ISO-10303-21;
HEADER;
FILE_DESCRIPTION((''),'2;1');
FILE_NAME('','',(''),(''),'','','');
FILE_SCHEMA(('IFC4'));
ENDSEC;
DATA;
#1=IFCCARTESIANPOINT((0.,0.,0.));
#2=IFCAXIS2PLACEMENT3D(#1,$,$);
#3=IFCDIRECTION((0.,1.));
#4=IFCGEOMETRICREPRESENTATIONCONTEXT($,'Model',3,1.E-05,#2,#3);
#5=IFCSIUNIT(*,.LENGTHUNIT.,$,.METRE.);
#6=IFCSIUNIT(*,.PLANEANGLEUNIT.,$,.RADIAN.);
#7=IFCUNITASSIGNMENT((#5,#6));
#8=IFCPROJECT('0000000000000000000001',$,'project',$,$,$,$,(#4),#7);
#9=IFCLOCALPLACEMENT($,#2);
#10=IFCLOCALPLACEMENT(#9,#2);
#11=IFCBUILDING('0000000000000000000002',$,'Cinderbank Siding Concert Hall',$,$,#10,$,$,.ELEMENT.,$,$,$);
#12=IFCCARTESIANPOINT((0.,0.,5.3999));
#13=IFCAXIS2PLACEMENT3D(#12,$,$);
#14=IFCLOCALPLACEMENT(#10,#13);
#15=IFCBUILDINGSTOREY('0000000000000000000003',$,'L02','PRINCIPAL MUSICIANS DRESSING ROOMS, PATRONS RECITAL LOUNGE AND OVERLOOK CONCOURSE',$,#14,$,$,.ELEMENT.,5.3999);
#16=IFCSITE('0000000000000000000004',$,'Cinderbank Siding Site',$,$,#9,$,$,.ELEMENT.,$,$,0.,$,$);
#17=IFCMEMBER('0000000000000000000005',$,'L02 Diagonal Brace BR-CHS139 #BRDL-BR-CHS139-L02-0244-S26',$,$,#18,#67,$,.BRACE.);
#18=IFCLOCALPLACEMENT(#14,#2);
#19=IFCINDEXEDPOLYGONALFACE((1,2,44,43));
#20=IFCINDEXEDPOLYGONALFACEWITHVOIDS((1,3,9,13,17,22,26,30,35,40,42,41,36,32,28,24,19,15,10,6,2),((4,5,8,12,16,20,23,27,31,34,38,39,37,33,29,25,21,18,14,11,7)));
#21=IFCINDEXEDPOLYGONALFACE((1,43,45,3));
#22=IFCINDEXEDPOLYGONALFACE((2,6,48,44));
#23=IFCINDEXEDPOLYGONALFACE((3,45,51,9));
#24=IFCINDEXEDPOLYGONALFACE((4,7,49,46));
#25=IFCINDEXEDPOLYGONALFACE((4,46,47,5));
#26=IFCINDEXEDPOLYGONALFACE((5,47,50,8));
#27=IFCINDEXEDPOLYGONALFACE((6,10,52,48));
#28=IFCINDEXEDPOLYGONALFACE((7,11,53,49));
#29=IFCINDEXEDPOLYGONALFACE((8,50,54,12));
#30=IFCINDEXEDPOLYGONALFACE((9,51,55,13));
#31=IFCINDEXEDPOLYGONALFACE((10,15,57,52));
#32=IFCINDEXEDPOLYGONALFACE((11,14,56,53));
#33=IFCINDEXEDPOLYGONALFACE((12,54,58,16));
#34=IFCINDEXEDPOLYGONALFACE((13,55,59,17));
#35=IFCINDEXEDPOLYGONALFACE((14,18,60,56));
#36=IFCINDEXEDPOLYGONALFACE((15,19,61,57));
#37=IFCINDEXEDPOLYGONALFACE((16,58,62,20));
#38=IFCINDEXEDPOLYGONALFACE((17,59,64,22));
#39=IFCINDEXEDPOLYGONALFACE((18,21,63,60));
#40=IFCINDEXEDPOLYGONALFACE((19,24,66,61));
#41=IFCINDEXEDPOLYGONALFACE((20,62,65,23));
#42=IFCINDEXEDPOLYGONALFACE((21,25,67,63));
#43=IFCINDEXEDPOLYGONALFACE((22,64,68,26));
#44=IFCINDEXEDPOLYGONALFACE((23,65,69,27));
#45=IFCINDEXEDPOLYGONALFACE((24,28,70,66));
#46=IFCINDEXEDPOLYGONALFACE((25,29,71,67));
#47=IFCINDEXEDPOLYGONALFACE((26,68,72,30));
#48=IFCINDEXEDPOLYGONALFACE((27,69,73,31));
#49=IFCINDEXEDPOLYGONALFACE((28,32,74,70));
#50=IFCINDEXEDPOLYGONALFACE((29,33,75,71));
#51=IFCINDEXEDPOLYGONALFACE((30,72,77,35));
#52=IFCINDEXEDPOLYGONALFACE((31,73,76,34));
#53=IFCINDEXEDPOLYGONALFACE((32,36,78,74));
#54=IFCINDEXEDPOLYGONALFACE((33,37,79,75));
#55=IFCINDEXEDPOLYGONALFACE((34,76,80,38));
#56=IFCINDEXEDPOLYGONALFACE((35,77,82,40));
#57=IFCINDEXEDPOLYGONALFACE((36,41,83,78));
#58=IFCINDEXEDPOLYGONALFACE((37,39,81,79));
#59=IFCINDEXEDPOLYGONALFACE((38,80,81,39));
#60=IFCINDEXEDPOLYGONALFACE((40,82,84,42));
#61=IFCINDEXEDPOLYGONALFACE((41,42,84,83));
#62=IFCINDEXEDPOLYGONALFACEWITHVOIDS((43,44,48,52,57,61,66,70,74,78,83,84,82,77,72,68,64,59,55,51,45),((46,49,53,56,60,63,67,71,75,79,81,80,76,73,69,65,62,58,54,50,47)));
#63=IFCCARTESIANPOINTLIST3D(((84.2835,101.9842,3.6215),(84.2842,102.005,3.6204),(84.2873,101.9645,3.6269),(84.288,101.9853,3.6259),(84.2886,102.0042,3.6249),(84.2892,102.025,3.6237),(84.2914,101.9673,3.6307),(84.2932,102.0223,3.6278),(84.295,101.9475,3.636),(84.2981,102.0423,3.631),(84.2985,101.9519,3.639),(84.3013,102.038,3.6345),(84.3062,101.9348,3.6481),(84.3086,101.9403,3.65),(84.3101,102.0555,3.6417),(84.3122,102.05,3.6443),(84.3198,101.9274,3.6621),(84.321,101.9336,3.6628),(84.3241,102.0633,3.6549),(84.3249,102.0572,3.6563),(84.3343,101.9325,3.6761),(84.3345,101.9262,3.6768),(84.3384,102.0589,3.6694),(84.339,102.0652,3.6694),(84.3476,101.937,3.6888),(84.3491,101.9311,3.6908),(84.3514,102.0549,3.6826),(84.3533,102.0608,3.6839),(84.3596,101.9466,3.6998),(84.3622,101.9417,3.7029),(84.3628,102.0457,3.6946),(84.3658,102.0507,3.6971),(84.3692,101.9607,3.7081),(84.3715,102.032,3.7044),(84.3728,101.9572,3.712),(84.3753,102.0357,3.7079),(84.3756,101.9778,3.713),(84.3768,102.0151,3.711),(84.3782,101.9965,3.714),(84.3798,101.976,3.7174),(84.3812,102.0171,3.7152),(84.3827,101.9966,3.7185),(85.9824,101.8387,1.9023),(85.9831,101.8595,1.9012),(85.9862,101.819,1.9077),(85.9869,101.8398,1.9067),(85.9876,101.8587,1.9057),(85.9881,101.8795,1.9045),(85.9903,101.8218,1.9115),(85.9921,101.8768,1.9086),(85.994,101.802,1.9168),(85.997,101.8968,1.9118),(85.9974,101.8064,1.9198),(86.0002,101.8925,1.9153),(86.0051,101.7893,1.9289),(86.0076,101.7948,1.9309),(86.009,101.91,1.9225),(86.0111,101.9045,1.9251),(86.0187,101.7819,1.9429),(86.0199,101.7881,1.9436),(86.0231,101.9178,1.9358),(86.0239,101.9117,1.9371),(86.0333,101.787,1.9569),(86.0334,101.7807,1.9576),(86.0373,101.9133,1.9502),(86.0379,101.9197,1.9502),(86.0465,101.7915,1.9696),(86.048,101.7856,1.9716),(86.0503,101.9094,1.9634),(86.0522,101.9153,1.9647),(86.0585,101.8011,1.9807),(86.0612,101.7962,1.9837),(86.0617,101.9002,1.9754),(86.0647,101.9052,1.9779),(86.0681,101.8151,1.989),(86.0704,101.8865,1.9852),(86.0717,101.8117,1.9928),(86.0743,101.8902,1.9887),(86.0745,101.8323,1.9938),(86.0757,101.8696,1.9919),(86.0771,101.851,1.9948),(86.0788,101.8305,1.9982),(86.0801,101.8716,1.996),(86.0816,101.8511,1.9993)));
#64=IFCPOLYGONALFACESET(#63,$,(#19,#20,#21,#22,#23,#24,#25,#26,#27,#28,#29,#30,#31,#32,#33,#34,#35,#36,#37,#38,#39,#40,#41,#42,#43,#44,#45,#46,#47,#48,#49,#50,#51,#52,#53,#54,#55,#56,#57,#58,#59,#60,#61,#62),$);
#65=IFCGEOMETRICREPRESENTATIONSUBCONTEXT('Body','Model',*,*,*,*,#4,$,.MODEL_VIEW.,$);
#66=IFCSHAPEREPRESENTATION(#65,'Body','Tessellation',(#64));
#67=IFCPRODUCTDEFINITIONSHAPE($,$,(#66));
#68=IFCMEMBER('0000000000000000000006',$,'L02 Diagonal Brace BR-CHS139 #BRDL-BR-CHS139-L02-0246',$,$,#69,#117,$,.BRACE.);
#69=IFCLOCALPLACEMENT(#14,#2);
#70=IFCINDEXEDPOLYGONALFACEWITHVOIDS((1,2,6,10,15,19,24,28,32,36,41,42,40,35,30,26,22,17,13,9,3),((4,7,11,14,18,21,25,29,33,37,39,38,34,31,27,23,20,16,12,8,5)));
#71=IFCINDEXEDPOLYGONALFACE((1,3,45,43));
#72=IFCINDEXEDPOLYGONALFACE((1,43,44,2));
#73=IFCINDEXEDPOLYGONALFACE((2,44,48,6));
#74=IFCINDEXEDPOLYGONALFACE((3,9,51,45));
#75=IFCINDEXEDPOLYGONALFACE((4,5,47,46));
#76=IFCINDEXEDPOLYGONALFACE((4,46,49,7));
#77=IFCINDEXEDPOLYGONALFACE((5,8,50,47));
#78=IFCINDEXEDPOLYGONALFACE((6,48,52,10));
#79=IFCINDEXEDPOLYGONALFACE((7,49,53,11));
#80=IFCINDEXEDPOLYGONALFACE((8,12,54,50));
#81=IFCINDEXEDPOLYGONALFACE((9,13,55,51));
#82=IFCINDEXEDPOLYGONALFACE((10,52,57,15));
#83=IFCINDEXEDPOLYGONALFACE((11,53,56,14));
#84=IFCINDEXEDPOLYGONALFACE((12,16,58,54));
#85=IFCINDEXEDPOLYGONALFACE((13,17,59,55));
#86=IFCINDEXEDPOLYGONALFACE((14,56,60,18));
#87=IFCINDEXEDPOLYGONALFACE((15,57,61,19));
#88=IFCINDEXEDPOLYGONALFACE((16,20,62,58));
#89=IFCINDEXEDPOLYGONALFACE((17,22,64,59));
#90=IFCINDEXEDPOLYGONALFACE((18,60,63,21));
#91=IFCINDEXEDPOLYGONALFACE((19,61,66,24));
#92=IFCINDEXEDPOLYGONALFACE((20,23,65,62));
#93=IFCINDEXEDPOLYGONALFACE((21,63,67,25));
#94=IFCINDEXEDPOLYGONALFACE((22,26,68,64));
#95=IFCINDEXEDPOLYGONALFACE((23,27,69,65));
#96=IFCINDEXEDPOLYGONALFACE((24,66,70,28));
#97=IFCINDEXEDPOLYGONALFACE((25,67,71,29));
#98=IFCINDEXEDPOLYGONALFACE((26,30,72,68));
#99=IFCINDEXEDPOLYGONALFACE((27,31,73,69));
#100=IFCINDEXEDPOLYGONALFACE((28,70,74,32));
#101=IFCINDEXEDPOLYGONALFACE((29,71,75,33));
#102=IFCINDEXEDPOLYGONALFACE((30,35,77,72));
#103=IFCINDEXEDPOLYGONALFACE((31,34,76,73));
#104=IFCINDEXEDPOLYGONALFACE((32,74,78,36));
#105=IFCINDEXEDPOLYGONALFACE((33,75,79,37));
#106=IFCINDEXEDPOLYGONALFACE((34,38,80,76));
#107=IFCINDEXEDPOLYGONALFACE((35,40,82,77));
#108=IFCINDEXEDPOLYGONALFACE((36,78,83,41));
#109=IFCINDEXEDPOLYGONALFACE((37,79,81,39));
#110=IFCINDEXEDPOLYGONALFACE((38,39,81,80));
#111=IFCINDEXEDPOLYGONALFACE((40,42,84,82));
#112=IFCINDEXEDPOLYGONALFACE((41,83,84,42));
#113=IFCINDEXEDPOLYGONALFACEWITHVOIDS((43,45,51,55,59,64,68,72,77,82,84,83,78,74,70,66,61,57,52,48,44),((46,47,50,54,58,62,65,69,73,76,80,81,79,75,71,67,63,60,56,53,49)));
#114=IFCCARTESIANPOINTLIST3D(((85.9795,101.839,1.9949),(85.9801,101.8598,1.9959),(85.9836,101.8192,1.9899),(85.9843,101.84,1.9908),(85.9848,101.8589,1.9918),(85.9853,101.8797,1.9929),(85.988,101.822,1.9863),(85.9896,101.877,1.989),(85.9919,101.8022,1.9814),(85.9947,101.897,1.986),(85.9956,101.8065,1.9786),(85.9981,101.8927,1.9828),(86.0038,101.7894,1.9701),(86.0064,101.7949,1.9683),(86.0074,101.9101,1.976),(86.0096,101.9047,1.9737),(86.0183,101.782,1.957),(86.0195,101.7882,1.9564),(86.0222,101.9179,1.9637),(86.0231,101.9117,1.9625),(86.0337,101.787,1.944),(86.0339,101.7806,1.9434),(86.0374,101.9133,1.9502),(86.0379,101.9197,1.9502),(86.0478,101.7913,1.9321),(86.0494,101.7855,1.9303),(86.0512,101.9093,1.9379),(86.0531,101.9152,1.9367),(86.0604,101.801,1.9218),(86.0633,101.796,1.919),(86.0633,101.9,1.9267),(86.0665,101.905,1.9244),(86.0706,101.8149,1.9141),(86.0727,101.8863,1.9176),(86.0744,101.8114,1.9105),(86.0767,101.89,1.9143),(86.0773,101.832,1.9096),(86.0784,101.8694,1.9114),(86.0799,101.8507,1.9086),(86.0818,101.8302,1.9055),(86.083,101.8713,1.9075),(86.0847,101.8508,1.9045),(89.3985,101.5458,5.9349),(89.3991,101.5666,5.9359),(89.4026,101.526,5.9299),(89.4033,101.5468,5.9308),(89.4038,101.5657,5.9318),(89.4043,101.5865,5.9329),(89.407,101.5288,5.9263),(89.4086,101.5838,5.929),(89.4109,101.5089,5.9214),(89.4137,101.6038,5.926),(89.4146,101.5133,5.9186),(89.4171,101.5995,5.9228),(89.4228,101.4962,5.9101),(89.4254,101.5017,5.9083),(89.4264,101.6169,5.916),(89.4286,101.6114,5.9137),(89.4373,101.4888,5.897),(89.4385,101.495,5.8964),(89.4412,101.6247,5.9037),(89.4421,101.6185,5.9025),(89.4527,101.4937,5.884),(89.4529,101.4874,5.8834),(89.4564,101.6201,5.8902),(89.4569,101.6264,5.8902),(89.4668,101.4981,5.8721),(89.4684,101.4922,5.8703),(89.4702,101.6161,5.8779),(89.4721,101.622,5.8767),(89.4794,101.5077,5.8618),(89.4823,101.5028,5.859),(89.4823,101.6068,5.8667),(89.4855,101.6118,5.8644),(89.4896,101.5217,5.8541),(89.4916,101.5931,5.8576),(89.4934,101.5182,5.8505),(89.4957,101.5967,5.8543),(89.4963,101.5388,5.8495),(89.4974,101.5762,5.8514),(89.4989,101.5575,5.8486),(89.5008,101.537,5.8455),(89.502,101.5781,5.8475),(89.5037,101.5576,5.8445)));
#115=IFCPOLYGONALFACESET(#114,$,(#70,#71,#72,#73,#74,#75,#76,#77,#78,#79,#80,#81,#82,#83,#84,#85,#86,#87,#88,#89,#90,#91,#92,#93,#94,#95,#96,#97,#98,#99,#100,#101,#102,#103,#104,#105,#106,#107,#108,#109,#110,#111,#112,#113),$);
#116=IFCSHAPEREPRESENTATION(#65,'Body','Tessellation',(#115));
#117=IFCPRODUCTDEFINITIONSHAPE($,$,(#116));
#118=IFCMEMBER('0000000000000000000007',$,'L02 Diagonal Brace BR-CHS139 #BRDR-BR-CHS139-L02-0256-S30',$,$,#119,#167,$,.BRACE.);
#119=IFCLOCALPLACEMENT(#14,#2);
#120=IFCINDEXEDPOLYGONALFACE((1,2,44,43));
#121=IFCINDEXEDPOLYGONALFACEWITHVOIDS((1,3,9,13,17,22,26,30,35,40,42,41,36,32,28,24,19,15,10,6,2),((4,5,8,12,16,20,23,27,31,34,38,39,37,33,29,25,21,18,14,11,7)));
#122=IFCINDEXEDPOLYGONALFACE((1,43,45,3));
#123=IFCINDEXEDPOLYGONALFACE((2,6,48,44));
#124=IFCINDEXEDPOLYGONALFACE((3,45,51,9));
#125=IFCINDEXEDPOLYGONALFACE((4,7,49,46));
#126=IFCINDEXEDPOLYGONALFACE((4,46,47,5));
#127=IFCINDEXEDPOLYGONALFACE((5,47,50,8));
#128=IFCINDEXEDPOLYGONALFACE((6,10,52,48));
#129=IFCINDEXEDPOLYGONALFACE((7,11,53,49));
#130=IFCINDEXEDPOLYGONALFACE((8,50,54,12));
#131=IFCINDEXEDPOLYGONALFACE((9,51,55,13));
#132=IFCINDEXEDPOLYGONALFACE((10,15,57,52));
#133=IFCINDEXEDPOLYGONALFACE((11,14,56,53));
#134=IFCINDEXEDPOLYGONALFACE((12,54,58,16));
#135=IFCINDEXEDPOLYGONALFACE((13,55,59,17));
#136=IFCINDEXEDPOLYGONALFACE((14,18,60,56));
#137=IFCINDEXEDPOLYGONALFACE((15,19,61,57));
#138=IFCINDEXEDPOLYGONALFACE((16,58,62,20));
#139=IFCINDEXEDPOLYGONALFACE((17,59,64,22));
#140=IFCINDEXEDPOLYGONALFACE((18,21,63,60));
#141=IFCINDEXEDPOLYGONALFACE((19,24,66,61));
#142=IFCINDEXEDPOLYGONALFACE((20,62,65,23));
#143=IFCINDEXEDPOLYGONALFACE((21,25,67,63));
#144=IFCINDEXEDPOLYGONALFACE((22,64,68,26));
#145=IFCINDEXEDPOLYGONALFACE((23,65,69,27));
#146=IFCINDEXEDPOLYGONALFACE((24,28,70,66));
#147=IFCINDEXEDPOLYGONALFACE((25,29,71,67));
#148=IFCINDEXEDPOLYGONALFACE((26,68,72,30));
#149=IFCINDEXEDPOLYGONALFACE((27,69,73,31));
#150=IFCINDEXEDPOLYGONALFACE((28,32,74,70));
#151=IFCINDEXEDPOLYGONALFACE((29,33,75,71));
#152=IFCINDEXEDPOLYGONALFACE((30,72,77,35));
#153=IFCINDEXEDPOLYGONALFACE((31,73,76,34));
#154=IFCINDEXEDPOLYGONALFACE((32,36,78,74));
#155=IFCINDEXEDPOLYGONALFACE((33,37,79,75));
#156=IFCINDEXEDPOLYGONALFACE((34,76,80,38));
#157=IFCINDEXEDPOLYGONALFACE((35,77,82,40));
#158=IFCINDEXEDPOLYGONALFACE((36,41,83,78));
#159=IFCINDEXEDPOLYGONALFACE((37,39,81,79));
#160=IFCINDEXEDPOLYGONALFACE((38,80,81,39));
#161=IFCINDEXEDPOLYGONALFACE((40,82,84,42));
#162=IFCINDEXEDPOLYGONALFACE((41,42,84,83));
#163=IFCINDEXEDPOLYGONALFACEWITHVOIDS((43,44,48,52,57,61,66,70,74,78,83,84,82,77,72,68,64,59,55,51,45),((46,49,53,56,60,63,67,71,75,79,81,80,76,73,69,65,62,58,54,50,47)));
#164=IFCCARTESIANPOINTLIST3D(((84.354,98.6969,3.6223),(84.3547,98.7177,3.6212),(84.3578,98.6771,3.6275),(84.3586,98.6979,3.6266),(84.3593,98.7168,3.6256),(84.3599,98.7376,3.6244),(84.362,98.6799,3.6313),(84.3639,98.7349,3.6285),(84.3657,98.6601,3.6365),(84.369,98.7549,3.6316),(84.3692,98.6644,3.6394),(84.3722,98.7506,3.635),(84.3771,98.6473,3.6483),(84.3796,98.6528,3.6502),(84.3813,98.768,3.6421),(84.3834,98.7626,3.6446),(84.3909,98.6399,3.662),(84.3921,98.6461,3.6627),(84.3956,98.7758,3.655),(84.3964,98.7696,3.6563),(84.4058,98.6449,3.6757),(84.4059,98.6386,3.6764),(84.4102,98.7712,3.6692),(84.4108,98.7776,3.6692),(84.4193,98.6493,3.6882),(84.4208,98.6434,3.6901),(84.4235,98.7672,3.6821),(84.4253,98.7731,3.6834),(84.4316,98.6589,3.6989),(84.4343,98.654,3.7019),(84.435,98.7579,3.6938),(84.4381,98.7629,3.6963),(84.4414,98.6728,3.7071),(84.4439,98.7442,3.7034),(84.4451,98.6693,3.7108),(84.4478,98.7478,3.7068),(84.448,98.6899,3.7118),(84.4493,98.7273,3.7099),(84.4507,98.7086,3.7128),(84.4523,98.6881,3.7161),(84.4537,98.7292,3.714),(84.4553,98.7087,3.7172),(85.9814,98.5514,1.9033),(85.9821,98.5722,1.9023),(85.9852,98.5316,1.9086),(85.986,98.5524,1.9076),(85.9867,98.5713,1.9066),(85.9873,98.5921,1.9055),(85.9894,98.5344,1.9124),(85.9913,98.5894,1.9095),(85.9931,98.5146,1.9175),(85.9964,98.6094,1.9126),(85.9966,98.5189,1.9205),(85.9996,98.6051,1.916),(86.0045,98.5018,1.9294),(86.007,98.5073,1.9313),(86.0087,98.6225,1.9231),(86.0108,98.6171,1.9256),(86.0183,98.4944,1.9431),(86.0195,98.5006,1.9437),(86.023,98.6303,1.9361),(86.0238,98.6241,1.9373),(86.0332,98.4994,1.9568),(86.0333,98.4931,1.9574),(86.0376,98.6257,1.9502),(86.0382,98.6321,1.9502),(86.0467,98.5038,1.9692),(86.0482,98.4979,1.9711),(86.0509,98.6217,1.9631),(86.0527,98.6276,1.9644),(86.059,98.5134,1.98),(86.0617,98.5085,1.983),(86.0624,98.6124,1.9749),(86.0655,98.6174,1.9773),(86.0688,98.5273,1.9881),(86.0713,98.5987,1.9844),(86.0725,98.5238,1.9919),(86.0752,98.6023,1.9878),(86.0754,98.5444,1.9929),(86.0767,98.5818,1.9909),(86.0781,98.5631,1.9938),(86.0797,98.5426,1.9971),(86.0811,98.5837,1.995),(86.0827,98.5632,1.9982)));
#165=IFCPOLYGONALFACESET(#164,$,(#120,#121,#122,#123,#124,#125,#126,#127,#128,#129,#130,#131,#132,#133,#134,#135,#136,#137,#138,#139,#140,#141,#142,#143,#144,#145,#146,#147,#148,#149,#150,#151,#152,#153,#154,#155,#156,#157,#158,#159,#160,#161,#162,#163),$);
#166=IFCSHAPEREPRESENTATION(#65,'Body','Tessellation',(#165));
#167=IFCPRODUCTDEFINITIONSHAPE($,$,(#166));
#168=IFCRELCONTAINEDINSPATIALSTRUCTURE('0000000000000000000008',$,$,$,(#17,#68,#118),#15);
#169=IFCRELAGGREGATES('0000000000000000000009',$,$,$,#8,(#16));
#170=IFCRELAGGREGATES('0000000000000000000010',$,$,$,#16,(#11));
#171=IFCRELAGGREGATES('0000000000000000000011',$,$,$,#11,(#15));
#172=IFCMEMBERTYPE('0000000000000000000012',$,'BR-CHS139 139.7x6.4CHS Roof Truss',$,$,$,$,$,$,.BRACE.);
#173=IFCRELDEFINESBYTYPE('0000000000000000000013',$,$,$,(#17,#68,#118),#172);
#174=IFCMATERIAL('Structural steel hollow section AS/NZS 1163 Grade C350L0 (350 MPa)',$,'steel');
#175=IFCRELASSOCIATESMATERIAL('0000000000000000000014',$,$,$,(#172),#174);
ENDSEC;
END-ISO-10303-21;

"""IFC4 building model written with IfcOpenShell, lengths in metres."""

from ifc_helpers import new_model, si_unit, direction, frame, origin, origin_2d, place, context, subcontext, project, spatial, hollow_circle, extrude, material, material_profile, profile_set, type_object, element, save


model = new_model("IFC4")

# Units and contexts
model_context = context("Model", 3, precision=1e-05, world=origin(), true_north=direction((0.0, 1.0)))
body_context = subcontext(model_context, "Body", "Model", "MODEL_VIEW")
ifc_project = project(units=[si_unit("LENGTHUNIT", "METRE"), si_unit("PLANEANGLEUNIT", "RADIAN")], contexts=[model_context])

# Site, building, storey
site_placement = place(None, origin())
site = spatial("IfcSite", under=ifc_project, at=site_placement, Name="Cinderbank Siding Site", CompositionType="ELEMENT", RefElevation=0.0)
building_placement = place(site_placement, origin())
building = spatial("IfcBuilding", under=site, at=building_placement, Name="Cinderbank Siding Concert Hall", CompositionType="ELEMENT")
storey_placement = place(building_placement, frame((0.0, 0.0, 5.3999)))
storey = spatial("IfcBuildingStorey", under=building, at=storey_placement, Name="L02", Description="PRINCIPAL MUSICIANS DRESSING ROOMS, PATRONS RECITAL LOUNGE AND OVERLOOK CONCOURSE", CompositionType="ELEMENT", Elevation=5.3999)

# Members
ifc_material_1 = material(Name="Structural steel hollow section AS/NZS 1163 Grade C350L0 (350 MPa)", Category="steel")
ifc_material_profile_1 = material_profile(ifc_material_1, hollow_circle(Radius=0.0698, WallThickness=0.0063, at=origin_2d()), Name="139.7x6.4CHS", Category="LoadBearing")
ifc_profile_set_1 = profile_set([ifc_material_profile_1], Name="Structural steel hollow section AS/NZS 1163 Grade C350L0 (350 MPa)")
member_type_1 = type_object("IfcMemberType", Name="BR-CHS139 139.7x6.4CHS Roof Truss", PredefinedType="BRACE", material=ifc_profile_set_1)
member_1_placement = place(storey_placement, frame((84.333, 101.9956, 3.6694), z_axis=(0.701632, -0.060091, -0.710001), x_axis=(0.085332, 0.996353, 0.0)))
element("IfcMember", 1, at=member_1_placement, inside=storey, type_object=member_type_1, Name="L02 Diagonal Brace BR-CHS139 #BRDL-BR-CHS139-L02-0244-S26", PredefinedType="BRACE", context=body_context, shape_type="SweptSolid", body=[
    extrude(hollow_circle(Radius=0.0698, WallThickness=0.0063, at=origin_2d()), origin(), (0.0, 0.0, 1.0), 2.4214),
])
member_2_placement = place(storey_placement, frame((86.032, 101.8501, 1.9502), z_axis=(0.654371, -0.05612, 0.754088), x_axis=(0.085448, 0.996343, 0.0)))
element("IfcMember", 2, at=member_2_placement, inside=storey, type_object=member_type_1, Name="L02 Diagonal Brace BR-CHS139 #BRDL-BR-CHS139-L02-0246", PredefinedType="BRACE", context=body_context, shape_type="SweptSolid", body=[
    extrude(hollow_circle(Radius=0.0698, WallThickness=0.0063, at=origin_2d()), origin(), (0.0, 0.0, 1.0), 5.2249),
])
member_3_placement = place(storey_placement, frame((84.4045, 98.708, 3.6692), z_axis=(0.686209, -0.061353, -0.724812), x_axis=(0.089054, 0.996027, 0.0)))
element("IfcMember", 3, at=member_3_placement, inside=storey, type_object=member_type_1, Name="L02 Diagonal Brace BR-CHS139 #BRDR-BR-CHS139-L02-0256-S30", PredefinedType="BRACE", context=body_context, shape_type="SweptSolid", body=[
    extrude(hollow_circle(Radius=0.0698, WallThickness=0.0063, at=origin_2d()), origin(), (0.0, 0.0, 1.0), 2.3716),
])

save(model, "model.ifc")
